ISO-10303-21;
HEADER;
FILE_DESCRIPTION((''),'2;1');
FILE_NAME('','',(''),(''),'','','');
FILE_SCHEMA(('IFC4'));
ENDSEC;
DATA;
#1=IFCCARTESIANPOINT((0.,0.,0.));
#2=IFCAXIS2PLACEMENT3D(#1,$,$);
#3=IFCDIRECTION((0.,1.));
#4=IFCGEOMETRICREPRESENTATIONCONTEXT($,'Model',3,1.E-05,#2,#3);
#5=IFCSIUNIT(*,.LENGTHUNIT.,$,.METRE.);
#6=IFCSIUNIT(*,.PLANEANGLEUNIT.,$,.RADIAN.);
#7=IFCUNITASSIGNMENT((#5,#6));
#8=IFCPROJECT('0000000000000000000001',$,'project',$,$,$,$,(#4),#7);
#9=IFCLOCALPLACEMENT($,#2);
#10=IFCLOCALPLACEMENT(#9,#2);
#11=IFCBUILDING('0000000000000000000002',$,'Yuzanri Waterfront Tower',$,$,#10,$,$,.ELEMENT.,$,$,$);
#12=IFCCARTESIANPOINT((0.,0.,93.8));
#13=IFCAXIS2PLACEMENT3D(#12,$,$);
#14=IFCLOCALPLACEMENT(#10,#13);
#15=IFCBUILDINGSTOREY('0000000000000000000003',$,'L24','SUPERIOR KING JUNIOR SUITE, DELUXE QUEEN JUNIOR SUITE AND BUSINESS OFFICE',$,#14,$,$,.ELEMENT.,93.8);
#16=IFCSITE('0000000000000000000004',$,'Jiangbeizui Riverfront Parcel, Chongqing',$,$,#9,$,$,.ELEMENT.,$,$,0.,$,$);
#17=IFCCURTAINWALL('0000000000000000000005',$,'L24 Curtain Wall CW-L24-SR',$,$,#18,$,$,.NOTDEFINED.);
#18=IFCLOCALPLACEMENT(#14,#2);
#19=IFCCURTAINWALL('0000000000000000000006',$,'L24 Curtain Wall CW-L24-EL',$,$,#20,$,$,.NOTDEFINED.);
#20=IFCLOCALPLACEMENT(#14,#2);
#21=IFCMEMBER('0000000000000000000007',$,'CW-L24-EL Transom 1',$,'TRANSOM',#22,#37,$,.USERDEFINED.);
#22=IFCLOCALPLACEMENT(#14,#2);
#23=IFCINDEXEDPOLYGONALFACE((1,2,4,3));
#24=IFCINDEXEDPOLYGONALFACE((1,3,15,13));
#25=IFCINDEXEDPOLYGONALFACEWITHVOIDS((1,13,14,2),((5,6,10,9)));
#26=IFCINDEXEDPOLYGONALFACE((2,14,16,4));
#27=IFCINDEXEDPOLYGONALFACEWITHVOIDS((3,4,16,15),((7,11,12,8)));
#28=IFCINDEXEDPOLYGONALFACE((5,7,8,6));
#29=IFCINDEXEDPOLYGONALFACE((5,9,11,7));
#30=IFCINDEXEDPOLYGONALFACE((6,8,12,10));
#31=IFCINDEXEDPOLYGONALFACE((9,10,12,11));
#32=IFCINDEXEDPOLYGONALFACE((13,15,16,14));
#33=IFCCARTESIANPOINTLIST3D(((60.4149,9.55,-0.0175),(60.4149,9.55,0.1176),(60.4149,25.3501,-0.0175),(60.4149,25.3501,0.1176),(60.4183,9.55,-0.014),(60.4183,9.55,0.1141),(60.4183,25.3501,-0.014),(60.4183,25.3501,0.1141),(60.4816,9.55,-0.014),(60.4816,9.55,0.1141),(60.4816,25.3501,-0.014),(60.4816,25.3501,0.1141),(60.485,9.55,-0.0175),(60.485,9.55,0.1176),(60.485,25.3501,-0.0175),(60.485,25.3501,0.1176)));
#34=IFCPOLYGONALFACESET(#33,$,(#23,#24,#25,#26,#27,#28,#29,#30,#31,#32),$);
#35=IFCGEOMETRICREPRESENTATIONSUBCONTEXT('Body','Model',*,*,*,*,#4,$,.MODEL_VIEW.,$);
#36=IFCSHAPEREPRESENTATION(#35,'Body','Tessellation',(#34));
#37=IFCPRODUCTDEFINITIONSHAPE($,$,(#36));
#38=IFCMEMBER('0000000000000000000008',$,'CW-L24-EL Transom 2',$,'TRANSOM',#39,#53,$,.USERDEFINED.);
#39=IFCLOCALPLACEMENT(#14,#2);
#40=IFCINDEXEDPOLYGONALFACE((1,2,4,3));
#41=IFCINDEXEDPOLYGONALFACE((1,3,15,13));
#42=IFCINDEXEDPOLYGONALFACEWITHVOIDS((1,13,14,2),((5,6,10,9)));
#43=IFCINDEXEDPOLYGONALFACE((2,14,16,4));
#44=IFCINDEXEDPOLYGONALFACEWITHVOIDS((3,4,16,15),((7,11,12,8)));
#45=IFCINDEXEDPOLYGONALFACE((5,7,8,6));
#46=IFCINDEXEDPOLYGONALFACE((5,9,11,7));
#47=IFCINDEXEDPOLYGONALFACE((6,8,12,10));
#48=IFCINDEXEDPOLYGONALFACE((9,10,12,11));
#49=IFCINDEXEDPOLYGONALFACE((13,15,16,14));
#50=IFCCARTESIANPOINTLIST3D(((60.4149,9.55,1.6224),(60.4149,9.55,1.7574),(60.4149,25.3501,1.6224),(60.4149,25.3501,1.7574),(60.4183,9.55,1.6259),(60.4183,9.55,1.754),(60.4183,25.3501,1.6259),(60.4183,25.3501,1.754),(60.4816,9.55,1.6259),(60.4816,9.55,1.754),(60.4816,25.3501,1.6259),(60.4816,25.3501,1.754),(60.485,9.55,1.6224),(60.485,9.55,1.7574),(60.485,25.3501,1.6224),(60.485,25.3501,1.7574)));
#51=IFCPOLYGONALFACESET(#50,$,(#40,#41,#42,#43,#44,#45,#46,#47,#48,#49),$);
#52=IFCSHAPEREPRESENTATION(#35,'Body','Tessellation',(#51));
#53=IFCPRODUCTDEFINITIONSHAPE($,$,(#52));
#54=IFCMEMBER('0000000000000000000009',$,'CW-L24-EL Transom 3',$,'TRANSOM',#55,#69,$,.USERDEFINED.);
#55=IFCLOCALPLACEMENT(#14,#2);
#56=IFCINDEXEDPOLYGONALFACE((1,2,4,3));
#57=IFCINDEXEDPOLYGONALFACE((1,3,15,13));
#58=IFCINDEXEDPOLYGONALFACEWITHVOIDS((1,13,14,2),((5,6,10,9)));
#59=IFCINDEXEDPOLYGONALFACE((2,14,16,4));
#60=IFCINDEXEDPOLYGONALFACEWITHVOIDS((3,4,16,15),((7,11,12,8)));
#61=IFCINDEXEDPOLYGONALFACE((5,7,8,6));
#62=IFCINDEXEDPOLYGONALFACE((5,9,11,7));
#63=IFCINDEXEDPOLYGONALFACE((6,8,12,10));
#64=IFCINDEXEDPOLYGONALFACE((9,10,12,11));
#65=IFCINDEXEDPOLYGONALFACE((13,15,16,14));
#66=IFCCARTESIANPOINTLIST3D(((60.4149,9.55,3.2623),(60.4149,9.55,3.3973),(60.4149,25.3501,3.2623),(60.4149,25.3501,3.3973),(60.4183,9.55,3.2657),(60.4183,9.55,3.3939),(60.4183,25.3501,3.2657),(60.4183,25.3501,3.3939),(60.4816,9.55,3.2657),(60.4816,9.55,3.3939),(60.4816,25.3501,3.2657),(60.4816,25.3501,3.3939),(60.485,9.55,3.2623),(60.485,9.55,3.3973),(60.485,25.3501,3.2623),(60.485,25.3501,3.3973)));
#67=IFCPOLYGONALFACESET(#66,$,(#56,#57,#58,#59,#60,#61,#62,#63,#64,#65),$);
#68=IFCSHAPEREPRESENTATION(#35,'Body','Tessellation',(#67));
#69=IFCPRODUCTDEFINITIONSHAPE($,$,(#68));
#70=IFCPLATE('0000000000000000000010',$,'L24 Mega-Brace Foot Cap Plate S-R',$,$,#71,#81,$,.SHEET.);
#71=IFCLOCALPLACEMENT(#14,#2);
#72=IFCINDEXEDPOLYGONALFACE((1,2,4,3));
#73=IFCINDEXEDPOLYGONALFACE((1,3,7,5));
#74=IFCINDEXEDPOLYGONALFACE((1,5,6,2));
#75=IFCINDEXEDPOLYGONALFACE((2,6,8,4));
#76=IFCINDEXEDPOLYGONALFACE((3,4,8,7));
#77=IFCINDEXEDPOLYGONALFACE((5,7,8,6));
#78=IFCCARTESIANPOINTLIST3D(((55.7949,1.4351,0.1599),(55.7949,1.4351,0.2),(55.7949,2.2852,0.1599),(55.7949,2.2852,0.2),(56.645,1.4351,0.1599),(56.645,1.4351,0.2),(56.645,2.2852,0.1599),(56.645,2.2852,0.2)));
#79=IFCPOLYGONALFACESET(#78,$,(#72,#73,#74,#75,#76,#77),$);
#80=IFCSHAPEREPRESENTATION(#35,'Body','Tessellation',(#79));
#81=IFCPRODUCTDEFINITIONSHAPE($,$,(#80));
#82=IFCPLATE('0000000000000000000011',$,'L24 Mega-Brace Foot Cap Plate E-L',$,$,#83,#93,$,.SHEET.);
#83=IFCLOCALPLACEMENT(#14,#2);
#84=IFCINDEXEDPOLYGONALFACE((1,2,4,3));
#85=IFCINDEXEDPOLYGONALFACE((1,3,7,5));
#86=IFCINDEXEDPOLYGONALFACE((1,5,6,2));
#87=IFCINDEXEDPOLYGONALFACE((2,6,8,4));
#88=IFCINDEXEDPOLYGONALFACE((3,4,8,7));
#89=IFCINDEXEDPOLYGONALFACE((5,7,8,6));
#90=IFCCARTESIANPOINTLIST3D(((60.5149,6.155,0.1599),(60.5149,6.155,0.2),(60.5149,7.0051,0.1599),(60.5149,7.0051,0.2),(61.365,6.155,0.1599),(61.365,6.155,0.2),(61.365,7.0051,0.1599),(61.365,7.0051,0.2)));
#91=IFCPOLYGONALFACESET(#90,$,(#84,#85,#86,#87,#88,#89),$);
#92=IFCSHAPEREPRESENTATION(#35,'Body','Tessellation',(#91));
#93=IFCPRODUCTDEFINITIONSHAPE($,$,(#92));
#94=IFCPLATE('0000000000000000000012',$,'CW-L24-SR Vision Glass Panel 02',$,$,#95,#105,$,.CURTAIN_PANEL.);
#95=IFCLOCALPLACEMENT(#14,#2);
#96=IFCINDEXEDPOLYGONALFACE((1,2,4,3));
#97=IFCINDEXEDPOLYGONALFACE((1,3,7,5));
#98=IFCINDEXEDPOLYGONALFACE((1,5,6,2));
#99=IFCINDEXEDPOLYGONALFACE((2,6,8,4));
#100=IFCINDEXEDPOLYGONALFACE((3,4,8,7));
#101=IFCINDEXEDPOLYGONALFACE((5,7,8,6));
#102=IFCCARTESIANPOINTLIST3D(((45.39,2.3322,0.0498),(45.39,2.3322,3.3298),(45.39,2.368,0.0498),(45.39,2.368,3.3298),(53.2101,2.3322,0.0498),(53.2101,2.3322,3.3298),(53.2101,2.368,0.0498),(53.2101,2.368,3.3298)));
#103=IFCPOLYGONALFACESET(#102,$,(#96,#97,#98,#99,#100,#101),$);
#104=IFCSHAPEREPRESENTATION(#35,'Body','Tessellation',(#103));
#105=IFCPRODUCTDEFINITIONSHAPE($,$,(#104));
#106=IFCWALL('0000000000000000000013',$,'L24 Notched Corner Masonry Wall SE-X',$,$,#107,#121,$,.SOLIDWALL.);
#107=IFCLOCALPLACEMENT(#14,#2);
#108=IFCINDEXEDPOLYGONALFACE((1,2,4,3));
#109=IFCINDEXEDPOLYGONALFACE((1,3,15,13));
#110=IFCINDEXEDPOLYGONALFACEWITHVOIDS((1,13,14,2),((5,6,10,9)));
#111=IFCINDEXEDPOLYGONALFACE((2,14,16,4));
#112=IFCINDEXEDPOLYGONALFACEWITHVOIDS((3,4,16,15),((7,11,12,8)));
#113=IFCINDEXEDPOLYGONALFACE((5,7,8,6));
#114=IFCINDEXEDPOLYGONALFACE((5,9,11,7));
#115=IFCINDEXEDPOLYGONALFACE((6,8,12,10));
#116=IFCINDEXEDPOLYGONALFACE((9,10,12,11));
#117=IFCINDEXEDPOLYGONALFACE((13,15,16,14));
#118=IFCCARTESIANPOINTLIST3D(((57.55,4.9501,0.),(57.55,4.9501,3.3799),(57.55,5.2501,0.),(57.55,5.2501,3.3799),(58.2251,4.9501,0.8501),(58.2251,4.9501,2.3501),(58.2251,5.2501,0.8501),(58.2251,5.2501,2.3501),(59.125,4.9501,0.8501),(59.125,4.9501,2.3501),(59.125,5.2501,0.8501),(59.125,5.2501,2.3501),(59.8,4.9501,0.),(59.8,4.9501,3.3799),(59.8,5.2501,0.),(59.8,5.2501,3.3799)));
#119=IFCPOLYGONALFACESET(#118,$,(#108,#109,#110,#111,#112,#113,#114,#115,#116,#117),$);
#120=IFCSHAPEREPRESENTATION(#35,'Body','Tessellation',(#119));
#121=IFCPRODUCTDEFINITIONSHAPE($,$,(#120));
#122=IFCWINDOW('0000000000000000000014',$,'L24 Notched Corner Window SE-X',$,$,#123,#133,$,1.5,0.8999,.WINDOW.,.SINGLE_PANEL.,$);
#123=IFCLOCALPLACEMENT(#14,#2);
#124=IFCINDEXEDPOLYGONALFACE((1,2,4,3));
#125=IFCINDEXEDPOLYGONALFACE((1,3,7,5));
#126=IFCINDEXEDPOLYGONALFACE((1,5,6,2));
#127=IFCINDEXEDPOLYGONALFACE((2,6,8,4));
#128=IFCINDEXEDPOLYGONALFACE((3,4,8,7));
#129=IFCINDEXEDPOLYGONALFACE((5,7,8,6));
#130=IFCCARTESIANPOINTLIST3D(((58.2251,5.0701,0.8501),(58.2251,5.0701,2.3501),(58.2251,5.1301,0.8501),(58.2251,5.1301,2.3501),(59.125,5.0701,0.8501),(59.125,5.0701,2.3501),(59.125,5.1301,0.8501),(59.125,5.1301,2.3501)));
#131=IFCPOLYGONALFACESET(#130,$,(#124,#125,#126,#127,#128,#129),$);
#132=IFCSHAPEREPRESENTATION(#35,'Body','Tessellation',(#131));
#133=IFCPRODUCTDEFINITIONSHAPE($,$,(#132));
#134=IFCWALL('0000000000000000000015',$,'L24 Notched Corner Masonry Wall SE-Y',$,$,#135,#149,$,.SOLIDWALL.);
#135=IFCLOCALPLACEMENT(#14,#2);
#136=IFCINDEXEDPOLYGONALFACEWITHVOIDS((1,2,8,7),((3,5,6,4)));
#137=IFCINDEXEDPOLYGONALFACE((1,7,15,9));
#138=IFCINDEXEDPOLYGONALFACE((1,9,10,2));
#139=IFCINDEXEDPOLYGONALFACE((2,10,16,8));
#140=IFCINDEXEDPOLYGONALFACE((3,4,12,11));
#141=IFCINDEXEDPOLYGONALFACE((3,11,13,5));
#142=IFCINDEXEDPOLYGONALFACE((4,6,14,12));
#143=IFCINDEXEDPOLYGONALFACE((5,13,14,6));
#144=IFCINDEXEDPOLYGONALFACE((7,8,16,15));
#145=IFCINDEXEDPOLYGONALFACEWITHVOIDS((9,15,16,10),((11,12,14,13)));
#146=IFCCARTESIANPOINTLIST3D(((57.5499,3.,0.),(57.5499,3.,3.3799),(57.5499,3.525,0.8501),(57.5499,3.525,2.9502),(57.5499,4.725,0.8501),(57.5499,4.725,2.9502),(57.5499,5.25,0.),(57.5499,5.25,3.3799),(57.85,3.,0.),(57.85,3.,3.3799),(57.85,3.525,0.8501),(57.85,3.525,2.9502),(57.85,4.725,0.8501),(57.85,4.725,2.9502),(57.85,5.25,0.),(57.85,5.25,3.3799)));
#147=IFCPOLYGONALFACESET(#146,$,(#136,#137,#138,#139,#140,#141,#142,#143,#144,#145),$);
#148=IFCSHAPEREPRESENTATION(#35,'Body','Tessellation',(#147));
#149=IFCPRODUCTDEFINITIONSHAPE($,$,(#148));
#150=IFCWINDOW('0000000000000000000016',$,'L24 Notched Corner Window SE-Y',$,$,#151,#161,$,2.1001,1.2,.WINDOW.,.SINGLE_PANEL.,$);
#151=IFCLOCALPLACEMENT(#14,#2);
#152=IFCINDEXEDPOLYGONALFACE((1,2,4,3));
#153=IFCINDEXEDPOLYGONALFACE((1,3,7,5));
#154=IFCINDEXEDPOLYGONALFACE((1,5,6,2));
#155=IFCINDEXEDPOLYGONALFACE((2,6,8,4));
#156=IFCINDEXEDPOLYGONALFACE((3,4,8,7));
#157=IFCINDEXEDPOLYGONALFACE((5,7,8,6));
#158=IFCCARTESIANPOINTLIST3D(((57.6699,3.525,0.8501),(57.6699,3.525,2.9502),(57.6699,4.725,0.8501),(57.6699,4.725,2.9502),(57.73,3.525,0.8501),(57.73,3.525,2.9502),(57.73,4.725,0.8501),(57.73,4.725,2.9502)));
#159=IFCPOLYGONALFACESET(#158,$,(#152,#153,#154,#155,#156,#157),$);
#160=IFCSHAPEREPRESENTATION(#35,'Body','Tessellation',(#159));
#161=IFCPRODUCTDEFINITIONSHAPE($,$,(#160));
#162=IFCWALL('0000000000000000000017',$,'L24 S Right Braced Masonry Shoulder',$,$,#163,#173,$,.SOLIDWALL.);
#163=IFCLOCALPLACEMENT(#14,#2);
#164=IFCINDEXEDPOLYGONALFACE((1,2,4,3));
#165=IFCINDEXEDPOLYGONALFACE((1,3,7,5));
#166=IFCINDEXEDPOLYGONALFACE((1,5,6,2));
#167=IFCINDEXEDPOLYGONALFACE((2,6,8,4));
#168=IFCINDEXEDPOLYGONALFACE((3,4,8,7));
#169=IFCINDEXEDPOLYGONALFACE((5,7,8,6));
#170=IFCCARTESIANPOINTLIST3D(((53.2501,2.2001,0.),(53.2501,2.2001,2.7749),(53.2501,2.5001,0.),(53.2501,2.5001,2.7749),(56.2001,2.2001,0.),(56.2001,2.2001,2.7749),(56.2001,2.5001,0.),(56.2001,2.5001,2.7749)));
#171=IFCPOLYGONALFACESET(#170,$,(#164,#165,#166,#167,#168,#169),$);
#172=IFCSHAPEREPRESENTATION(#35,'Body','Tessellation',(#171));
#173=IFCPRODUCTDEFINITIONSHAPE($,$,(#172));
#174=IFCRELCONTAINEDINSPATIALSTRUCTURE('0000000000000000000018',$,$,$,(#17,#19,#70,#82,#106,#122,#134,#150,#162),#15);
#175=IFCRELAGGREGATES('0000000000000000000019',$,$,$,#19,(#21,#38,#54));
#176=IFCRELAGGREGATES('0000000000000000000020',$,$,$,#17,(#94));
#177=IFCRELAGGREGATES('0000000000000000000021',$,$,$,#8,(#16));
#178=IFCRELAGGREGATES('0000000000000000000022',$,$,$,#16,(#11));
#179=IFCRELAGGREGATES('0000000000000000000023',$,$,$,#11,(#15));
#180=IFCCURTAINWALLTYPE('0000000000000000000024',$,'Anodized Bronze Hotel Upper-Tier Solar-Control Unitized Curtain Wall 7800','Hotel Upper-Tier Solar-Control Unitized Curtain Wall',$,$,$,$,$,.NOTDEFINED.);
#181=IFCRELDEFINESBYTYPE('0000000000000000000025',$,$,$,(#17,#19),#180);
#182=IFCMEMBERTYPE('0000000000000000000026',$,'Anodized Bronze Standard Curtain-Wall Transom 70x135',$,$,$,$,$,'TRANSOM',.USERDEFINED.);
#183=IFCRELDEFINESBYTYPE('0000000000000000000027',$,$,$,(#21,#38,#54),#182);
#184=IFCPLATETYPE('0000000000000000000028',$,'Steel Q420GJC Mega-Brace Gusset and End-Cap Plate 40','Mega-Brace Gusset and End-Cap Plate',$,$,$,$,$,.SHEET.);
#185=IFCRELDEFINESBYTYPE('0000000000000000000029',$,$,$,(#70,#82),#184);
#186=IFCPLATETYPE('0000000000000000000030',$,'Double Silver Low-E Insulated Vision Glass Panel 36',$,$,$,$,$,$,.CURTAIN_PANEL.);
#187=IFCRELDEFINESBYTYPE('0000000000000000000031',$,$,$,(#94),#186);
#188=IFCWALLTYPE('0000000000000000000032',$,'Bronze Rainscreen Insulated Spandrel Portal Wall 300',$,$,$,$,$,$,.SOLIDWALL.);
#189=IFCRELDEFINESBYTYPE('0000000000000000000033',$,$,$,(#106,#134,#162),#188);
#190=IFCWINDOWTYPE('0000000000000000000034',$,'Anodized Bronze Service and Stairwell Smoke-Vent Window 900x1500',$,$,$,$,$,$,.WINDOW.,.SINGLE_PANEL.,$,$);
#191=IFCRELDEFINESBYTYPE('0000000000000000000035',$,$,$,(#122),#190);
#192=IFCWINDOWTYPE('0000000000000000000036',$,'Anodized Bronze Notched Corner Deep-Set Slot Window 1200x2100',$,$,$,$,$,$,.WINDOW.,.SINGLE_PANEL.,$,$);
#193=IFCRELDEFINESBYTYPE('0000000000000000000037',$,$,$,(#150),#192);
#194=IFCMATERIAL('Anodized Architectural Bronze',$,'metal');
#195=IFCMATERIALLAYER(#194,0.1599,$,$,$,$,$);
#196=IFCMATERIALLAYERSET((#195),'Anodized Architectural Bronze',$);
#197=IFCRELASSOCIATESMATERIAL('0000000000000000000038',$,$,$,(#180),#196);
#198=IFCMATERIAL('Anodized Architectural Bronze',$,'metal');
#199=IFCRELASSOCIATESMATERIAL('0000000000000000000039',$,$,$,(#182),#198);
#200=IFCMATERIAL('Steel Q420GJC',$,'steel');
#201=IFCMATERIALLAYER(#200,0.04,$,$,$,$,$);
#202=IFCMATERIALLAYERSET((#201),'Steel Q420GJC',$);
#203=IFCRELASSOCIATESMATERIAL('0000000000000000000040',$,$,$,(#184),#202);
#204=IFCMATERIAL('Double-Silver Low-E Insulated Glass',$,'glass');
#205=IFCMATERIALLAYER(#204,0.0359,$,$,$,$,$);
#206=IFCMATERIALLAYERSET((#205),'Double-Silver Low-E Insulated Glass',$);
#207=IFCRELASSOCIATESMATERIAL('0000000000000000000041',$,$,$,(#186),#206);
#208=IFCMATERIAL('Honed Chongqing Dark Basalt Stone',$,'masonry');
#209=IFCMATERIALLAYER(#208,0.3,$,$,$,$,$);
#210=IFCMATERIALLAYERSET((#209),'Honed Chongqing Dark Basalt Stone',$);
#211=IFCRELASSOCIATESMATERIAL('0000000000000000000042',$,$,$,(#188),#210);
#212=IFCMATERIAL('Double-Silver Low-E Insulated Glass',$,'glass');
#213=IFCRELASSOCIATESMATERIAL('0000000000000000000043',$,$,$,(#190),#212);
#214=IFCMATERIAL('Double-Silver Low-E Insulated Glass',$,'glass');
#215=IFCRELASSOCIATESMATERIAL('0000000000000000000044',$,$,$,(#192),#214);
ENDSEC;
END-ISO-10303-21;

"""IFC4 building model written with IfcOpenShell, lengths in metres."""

from ifc_helpers import new_model, si_unit, direction, frame, frame_2d, origin, origin_2d, place, context, subcontext, project, spatial, rectangle, hollow_rectangle, extrude, source, transform, mapped, material, layer, layer_set, material_profile, profile_set, type_object, element, fill, aggregate, save


model = new_model("IFC4")

# Units and contexts
model_context = context("Model", 3, precision=1e-05, world=origin(), true_north=direction((0.0, 1.0)))
body_context = subcontext(model_context, "Body", "Model", "MODEL_VIEW")
ifc_project = project(units=[si_unit("LENGTHUNIT", "METRE"), si_unit("PLANEANGLEUNIT", "RADIAN")], contexts=[model_context])

# Site, building, storey
site_placement = place(None, origin())
site = spatial("IfcSite", under=ifc_project, at=site_placement, Name="Jiangbeizui Riverfront Parcel, Chongqing", CompositionType="ELEMENT", RefElevation=0.0)
building_placement = place(site_placement, origin())
building = spatial("IfcBuilding", under=site, at=building_placement, Name="Yuzanri Waterfront Tower", CompositionType="ELEMENT")
storey_placement = place(building_placement, frame((0.0, 0.0, 93.8)))
storey = spatial("IfcBuildingStorey", under=building, at=storey_placement, Name="L24", Description="SUPERIOR KING JUNIOR SUITE, DELUXE QUEEN JUNIOR SUITE AND BUSINESS OFFICE", CompositionType="ELEMENT", Elevation=93.8)

# Curtain walls, members
ifc_material_1 = material(Name="Anodized Architectural Bronze", Category="metal")
ifc_layer_1 = layer(ifc_material_1, 0.1599)
ifc_layer_set_1 = layer_set([ifc_layer_1], Name="Anodized Architectural Bronze")
curtain_wall_type = type_object("IfcCurtainWallType", Name="Anodized Bronze Hotel Upper-Tier Solar-Control Unitized Curtain Wall 7800", Description="Hotel Upper-Tier Solar-Control Unitized Curtain Wall", PredefinedType="NOTDEFINED", material=ifc_layer_set_1)
curtain_wall_1_placement = place(storey_placement, origin())
curtain_wall_1 = element("IfcCurtainWall", 1, at=curtain_wall_1_placement, inside=storey, type_object=curtain_wall_type, Name="L24 Curtain Wall CW-L24-SR", PredefinedType="NOTDEFINED")
curtain_wall_2_placement = place(storey_placement, origin())
curtain_wall_2 = element("IfcCurtainWall", 2, at=curtain_wall_2_placement, inside=storey, type_object=curtain_wall_type, Name="L24 Curtain Wall CW-L24-EL", PredefinedType="NOTDEFINED")
ifc_material_2 = material(Name="Anodized Architectural Bronze", Category="metal")
ifc_material_profile_1 = material_profile(ifc_material_2, hollow_rectangle(XDim=0.0701, YDim=0.135, WallThickness=0.0034, at=origin_2d()), Name="CWT 70x135")
ifc_profile_set_1 = profile_set([ifc_material_profile_1], Name="Anodized Architectural Bronze")
member_type_1 = type_object("IfcMemberType", Name="Anodized Bronze Standard Curtain-Wall Transom 70x135", ElementType="TRANSOM", PredefinedType="USERDEFINED", material=ifc_profile_set_1)
shared_shape_1 = source(origin(), body_context, "Body", "SweptSolid", [
    extrude(hollow_rectangle(XDim=0.0701, YDim=0.135, WallThickness=0.0034, at=origin_2d()), origin(), (0.0, 0.0, 1.0), 15.8),
])
member_1_placement = place(storey_placement, frame((60.45, 9.55, 0.05), z_axis=(0.0, 1.0, 0.0), x_axis=(-1.0, 0.0, 0.0)))
member_1 = element("IfcMember", 3, at=member_1_placement, type_object=member_type_1, Name="CW-L24-EL Transom 1", ObjectType="TRANSOM", PredefinedType="USERDEFINED", context=body_context, shape_type="MappedRepresentation", body=[
    mapped(shared_shape_1, transform((0.0, 0.0, 0.0), scale=1.0)),
])
member_2_placement = place(storey_placement, frame((60.45, 9.55, 1.6899), z_axis=(0.0, 1.0, 0.0), x_axis=(-1.0, 0.0, 0.0)))
member_2 = element("IfcMember", 4, at=member_2_placement, type_object=member_type_1, Name="CW-L24-EL Transom 2", ObjectType="TRANSOM", PredefinedType="USERDEFINED", context=body_context, shape_type="MappedRepresentation", body=[
    mapped(shared_shape_1, transform((0.0, 0.0, 0.0), scale=1.0)),
])
member_3_placement = place(storey_placement, frame((60.45, 9.55, 3.3298), z_axis=(0.0, 1.0, 0.0), x_axis=(-1.0, 0.0, 0.0)))
member_3 = element("IfcMember", 5, at=member_3_placement, type_object=member_type_1, Name="CW-L24-EL Transom 3", ObjectType="TRANSOM", PredefinedType="USERDEFINED", context=body_context, shape_type="MappedRepresentation", body=[
    mapped(shared_shape_1, transform((0.0, 0.0, 0.0), scale=1.0)),
])
aggregate(curtain_wall_2, [member_1, member_2, member_3])

# Plates
ifc_material_3 = material(Name="Steel Q420GJC", Category="steel")
ifc_layer_2 = layer(ifc_material_3, 0.04)
ifc_layer_set_2 = layer_set([ifc_layer_2], Name="Steel Q420GJC")
plate_type_1 = type_object("IfcPlateType", Name="Steel Q420GJC Mega-Brace Gusset and End-Cap Plate 40", Description="Mega-Brace Gusset and End-Cap Plate", PredefinedType="SHEET", material=ifc_layer_set_2)
shared_shape_2 = source(origin(), body_context, "Body", "SweptSolid", [
    extrude(rectangle(XDim=0.8501, YDim=0.8501, at=origin_2d()), origin(), (0.0, 0.0, 1.0), 0.04),
])
for number, where, z_axis, x_axis, name in (
    (6, (56.22, 1.8601, 0.1599), (0.0, 0.0, 1.0), (1.0, 0.0, 0.0), "L24 Mega-Brace Foot Cap Plate S-R"),
    (7, (60.9399, 6.5801, 0.1599), (0.0, 0.0, 1.0), (1.0, 0.0, 0.0), "L24 Mega-Brace Foot Cap Plate E-L"),
):
    element("IfcPlate", number, at=place(storey_placement, frame(where, z_axis=z_axis, x_axis=x_axis)), inside=storey, type_object=plate_type_1, Name=name, PredefinedType="SHEET", context=body_context, shape_type="MappedRepresentation", body=[
        mapped(shared_shape_2, transform((0.0, 0.0, 0.0), scale=1.0)),
    ])

# Plate
ifc_material_4 = material(Name="Double-Silver Low-E Insulated Glass", Category="glass")
ifc_layer_3 = layer(ifc_material_4, 0.0359)
ifc_layer_set_3 = layer_set([ifc_layer_3], Name="Double-Silver Low-E Insulated Glass")
plate_type_2 = type_object("IfcPlateType", Name="Double Silver Low-E Insulated Vision Glass Panel 36", PredefinedType="CURTAIN_PANEL", material=ifc_layer_set_3)
shared_shape_3 = source(origin(), body_context, "Body", "SweptSolid", [
    extrude(rectangle(XDim=7.8201, YDim=0.0359, at=origin_2d()), origin(), (0.0, 0.0, 1.0), 3.28),
])
plate_placement = place(storey_placement, frame((49.3, 2.3501, 0.0498), z_axis=(0.0, 0.0, 1.0), x_axis=(1.0, 0.0, 0.0)))
plate = element("IfcPlate", 8, at=plate_placement, type_object=plate_type_2, Name="CW-L24-SR Vision Glass Panel 02", PredefinedType="CURTAIN_PANEL", context=body_context, shape_type="MappedRepresentation", body=[
    mapped(shared_shape_3, transform((0.0, 0.0, 0.0), scale=1.0)),
])
aggregate(curtain_wall_1, [plate])

# Walls, openings, windows
ifc_material_5 = material(Name="Honed Chongqing Dark Basalt Stone", Category="masonry")
ifc_layer_4 = layer(ifc_material_5, 0.3)
ifc_layer_set_4 = layer_set([ifc_layer_4], Name="Honed Chongqing Dark Basalt Stone")
wall_type_1 = type_object("IfcWallType", Name="Bronze Rainscreen Insulated Spandrel Portal Wall 300", PredefinedType="SOLIDWALL", material=ifc_layer_set_4)
wall_1_placement = place(storey_placement, frame((57.55, 5.1001, 0.0), z_axis=(0.0, 0.0, 1.0), x_axis=(1.0, 0.0, 0.0)))
wall_1 = element("IfcWall", 9, at=wall_1_placement, inside=storey, type_object=wall_type_1, Name="L24 Notched Corner Masonry Wall SE-X", PredefinedType="SOLIDWALL", context=body_context, shape_type="SweptSolid", body=[
    extrude(rectangle(XDim=2.25, YDim=0.3, at=frame_2d((1.125, 0.0))), origin(), (0.0, 0.0, 1.0), 3.3799),
])
opening_1_placement = place(wall_1_placement, frame((0.675, 0.0, 0.8501)))
opening_1 = element("IfcOpeningElement", 10, at=opening_1_placement, cuts=wall_1, PredefinedType="OPENING", context=body_context, shape_type="SweptSolid", body=[
    extrude(rectangle(XDim=0.8999, YDim=1.5, at=frame_2d((0.45, 0.75))), frame((0.0, 0.165, 0.0), z_axis=(0.0, -1.0, 0.0), x_axis=(1.0, 0.0, 0.0)), (0.0, 0.0, 1.0), 0.3298),
])
ifc_material_6 = material(Name="Double-Silver Low-E Insulated Glass", Category="glass")
window_type_1 = type_object("IfcWindowType", Name="Anodized Bronze Service and Stairwell Smoke-Vent Window 900x1500", PartitioningType="SINGLE_PANEL", PredefinedType="WINDOW", material=ifc_material_6)
shared_shape_4 = source(origin(), body_context, "Body", "SweptSolid", [
    extrude(rectangle(XDim=0.8999, YDim=1.5, at=frame_2d((0.45, 0.75))), frame((0.0, 0.03, 0.0), z_axis=(0.0, -1.0, 0.0), x_axis=(1.0, 0.0, 0.0)), (0.0, 0.0, 1.0), 0.0601),
])
window_1_placement = place(opening_1_placement, origin())
window_1 = element("IfcWindow", 11, at=window_1_placement, inside=storey, type_object=window_type_1, Name="L24 Notched Corner Window SE-X", OverallHeight=1.5, OverallWidth=0.8999, PartitioningType="SINGLE_PANEL", PredefinedType="WINDOW", context=body_context, shape_type="MappedRepresentation", body=[
    mapped(shared_shape_4, transform((0.0, 0.0, 0.0), scale=1.0)),
])
fill(opening_1, window_1)
wall_2_placement = place(storey_placement, frame((57.7, 3.0, 0.0), z_axis=(0.0, 0.0, 1.0), x_axis=(0.0, 1.0, 0.0)))
wall_2 = element("IfcWall", 12, at=wall_2_placement, inside=storey, type_object=wall_type_1, Name="L24 Notched Corner Masonry Wall SE-Y", PredefinedType="SOLIDWALL", context=body_context, shape_type="SweptSolid", body=[
    extrude(rectangle(XDim=2.25, YDim=0.3, at=frame_2d((1.125, 0.0))), origin(), (0.0, 0.0, 1.0), 3.3799),
])
opening_2_placement = place(wall_2_placement, frame((0.5249, 0.0, 0.8501)))
opening_2 = element("IfcOpeningElement", 13, at=opening_2_placement, cuts=wall_2, PredefinedType="OPENING", context=body_context, shape_type="SweptSolid", body=[
    extrude(rectangle(XDim=1.2, YDim=2.1001, at=frame_2d((0.6001, 1.05))), frame((0.0, 0.165, 0.0), z_axis=(0.0, -1.0, 0.0), x_axis=(1.0, 0.0, 0.0)), (0.0, 0.0, 1.0), 0.3298),
])
ifc_material_7 = material(Name="Double-Silver Low-E Insulated Glass", Category="glass")
window_type_2 = type_object("IfcWindowType", Name="Anodized Bronze Notched Corner Deep-Set Slot Window 1200x2100", PartitioningType="SINGLE_PANEL", PredefinedType="WINDOW", material=ifc_material_7)
shared_shape_5 = source(origin(), body_context, "Body", "SweptSolid", [
    extrude(rectangle(XDim=1.2, YDim=2.1001, at=frame_2d((0.6001, 1.05))), frame((0.0, 0.03, 0.0), z_axis=(0.0, -1.0, 0.0), x_axis=(1.0, 0.0, 0.0)), (0.0, 0.0, 1.0), 0.0601),
])
window_2_placement = place(opening_2_placement, origin())
window_2 = element("IfcWindow", 14, at=window_2_placement, inside=storey, type_object=window_type_2, Name="L24 Notched Corner Window SE-Y", OverallHeight=2.1001, OverallWidth=1.2, PartitioningType="SINGLE_PANEL", PredefinedType="WINDOW", context=body_context, shape_type="MappedRepresentation", body=[
    mapped(shared_shape_5, transform((0.0, 0.0, 0.0), scale=1.0)),
])
fill(opening_2, window_2)

# Wall
shared_shape_6 = source(origin(), body_context, "Body", "SweptSolid", [
    extrude(rectangle(XDim=2.95, YDim=0.3, at=frame_2d((1.4751, 0.0))), origin(), (0.0, 0.0, 1.0), 2.7749),
])
for number, where, z_axis, x_axis, name in (
    (15, (53.25, 2.3501, 0.0), (0.0, 0.0, 1.0), (1.0, 0.0, 0.0), "L24 S Right Braced Masonry Shoulder"),
):
    element("IfcWall", number, at=place(storey_placement, frame(where, z_axis=z_axis, x_axis=x_axis)), inside=storey, type_object=wall_type_1, Name=name, PredefinedType="SOLIDWALL", context=body_context, shape_type="MappedRepresentation", body=[
        mapped(shared_shape_6, transform((0.0, 0.0, 0.0), scale=1.0)),
    ])

save(model, "model.ifc")
